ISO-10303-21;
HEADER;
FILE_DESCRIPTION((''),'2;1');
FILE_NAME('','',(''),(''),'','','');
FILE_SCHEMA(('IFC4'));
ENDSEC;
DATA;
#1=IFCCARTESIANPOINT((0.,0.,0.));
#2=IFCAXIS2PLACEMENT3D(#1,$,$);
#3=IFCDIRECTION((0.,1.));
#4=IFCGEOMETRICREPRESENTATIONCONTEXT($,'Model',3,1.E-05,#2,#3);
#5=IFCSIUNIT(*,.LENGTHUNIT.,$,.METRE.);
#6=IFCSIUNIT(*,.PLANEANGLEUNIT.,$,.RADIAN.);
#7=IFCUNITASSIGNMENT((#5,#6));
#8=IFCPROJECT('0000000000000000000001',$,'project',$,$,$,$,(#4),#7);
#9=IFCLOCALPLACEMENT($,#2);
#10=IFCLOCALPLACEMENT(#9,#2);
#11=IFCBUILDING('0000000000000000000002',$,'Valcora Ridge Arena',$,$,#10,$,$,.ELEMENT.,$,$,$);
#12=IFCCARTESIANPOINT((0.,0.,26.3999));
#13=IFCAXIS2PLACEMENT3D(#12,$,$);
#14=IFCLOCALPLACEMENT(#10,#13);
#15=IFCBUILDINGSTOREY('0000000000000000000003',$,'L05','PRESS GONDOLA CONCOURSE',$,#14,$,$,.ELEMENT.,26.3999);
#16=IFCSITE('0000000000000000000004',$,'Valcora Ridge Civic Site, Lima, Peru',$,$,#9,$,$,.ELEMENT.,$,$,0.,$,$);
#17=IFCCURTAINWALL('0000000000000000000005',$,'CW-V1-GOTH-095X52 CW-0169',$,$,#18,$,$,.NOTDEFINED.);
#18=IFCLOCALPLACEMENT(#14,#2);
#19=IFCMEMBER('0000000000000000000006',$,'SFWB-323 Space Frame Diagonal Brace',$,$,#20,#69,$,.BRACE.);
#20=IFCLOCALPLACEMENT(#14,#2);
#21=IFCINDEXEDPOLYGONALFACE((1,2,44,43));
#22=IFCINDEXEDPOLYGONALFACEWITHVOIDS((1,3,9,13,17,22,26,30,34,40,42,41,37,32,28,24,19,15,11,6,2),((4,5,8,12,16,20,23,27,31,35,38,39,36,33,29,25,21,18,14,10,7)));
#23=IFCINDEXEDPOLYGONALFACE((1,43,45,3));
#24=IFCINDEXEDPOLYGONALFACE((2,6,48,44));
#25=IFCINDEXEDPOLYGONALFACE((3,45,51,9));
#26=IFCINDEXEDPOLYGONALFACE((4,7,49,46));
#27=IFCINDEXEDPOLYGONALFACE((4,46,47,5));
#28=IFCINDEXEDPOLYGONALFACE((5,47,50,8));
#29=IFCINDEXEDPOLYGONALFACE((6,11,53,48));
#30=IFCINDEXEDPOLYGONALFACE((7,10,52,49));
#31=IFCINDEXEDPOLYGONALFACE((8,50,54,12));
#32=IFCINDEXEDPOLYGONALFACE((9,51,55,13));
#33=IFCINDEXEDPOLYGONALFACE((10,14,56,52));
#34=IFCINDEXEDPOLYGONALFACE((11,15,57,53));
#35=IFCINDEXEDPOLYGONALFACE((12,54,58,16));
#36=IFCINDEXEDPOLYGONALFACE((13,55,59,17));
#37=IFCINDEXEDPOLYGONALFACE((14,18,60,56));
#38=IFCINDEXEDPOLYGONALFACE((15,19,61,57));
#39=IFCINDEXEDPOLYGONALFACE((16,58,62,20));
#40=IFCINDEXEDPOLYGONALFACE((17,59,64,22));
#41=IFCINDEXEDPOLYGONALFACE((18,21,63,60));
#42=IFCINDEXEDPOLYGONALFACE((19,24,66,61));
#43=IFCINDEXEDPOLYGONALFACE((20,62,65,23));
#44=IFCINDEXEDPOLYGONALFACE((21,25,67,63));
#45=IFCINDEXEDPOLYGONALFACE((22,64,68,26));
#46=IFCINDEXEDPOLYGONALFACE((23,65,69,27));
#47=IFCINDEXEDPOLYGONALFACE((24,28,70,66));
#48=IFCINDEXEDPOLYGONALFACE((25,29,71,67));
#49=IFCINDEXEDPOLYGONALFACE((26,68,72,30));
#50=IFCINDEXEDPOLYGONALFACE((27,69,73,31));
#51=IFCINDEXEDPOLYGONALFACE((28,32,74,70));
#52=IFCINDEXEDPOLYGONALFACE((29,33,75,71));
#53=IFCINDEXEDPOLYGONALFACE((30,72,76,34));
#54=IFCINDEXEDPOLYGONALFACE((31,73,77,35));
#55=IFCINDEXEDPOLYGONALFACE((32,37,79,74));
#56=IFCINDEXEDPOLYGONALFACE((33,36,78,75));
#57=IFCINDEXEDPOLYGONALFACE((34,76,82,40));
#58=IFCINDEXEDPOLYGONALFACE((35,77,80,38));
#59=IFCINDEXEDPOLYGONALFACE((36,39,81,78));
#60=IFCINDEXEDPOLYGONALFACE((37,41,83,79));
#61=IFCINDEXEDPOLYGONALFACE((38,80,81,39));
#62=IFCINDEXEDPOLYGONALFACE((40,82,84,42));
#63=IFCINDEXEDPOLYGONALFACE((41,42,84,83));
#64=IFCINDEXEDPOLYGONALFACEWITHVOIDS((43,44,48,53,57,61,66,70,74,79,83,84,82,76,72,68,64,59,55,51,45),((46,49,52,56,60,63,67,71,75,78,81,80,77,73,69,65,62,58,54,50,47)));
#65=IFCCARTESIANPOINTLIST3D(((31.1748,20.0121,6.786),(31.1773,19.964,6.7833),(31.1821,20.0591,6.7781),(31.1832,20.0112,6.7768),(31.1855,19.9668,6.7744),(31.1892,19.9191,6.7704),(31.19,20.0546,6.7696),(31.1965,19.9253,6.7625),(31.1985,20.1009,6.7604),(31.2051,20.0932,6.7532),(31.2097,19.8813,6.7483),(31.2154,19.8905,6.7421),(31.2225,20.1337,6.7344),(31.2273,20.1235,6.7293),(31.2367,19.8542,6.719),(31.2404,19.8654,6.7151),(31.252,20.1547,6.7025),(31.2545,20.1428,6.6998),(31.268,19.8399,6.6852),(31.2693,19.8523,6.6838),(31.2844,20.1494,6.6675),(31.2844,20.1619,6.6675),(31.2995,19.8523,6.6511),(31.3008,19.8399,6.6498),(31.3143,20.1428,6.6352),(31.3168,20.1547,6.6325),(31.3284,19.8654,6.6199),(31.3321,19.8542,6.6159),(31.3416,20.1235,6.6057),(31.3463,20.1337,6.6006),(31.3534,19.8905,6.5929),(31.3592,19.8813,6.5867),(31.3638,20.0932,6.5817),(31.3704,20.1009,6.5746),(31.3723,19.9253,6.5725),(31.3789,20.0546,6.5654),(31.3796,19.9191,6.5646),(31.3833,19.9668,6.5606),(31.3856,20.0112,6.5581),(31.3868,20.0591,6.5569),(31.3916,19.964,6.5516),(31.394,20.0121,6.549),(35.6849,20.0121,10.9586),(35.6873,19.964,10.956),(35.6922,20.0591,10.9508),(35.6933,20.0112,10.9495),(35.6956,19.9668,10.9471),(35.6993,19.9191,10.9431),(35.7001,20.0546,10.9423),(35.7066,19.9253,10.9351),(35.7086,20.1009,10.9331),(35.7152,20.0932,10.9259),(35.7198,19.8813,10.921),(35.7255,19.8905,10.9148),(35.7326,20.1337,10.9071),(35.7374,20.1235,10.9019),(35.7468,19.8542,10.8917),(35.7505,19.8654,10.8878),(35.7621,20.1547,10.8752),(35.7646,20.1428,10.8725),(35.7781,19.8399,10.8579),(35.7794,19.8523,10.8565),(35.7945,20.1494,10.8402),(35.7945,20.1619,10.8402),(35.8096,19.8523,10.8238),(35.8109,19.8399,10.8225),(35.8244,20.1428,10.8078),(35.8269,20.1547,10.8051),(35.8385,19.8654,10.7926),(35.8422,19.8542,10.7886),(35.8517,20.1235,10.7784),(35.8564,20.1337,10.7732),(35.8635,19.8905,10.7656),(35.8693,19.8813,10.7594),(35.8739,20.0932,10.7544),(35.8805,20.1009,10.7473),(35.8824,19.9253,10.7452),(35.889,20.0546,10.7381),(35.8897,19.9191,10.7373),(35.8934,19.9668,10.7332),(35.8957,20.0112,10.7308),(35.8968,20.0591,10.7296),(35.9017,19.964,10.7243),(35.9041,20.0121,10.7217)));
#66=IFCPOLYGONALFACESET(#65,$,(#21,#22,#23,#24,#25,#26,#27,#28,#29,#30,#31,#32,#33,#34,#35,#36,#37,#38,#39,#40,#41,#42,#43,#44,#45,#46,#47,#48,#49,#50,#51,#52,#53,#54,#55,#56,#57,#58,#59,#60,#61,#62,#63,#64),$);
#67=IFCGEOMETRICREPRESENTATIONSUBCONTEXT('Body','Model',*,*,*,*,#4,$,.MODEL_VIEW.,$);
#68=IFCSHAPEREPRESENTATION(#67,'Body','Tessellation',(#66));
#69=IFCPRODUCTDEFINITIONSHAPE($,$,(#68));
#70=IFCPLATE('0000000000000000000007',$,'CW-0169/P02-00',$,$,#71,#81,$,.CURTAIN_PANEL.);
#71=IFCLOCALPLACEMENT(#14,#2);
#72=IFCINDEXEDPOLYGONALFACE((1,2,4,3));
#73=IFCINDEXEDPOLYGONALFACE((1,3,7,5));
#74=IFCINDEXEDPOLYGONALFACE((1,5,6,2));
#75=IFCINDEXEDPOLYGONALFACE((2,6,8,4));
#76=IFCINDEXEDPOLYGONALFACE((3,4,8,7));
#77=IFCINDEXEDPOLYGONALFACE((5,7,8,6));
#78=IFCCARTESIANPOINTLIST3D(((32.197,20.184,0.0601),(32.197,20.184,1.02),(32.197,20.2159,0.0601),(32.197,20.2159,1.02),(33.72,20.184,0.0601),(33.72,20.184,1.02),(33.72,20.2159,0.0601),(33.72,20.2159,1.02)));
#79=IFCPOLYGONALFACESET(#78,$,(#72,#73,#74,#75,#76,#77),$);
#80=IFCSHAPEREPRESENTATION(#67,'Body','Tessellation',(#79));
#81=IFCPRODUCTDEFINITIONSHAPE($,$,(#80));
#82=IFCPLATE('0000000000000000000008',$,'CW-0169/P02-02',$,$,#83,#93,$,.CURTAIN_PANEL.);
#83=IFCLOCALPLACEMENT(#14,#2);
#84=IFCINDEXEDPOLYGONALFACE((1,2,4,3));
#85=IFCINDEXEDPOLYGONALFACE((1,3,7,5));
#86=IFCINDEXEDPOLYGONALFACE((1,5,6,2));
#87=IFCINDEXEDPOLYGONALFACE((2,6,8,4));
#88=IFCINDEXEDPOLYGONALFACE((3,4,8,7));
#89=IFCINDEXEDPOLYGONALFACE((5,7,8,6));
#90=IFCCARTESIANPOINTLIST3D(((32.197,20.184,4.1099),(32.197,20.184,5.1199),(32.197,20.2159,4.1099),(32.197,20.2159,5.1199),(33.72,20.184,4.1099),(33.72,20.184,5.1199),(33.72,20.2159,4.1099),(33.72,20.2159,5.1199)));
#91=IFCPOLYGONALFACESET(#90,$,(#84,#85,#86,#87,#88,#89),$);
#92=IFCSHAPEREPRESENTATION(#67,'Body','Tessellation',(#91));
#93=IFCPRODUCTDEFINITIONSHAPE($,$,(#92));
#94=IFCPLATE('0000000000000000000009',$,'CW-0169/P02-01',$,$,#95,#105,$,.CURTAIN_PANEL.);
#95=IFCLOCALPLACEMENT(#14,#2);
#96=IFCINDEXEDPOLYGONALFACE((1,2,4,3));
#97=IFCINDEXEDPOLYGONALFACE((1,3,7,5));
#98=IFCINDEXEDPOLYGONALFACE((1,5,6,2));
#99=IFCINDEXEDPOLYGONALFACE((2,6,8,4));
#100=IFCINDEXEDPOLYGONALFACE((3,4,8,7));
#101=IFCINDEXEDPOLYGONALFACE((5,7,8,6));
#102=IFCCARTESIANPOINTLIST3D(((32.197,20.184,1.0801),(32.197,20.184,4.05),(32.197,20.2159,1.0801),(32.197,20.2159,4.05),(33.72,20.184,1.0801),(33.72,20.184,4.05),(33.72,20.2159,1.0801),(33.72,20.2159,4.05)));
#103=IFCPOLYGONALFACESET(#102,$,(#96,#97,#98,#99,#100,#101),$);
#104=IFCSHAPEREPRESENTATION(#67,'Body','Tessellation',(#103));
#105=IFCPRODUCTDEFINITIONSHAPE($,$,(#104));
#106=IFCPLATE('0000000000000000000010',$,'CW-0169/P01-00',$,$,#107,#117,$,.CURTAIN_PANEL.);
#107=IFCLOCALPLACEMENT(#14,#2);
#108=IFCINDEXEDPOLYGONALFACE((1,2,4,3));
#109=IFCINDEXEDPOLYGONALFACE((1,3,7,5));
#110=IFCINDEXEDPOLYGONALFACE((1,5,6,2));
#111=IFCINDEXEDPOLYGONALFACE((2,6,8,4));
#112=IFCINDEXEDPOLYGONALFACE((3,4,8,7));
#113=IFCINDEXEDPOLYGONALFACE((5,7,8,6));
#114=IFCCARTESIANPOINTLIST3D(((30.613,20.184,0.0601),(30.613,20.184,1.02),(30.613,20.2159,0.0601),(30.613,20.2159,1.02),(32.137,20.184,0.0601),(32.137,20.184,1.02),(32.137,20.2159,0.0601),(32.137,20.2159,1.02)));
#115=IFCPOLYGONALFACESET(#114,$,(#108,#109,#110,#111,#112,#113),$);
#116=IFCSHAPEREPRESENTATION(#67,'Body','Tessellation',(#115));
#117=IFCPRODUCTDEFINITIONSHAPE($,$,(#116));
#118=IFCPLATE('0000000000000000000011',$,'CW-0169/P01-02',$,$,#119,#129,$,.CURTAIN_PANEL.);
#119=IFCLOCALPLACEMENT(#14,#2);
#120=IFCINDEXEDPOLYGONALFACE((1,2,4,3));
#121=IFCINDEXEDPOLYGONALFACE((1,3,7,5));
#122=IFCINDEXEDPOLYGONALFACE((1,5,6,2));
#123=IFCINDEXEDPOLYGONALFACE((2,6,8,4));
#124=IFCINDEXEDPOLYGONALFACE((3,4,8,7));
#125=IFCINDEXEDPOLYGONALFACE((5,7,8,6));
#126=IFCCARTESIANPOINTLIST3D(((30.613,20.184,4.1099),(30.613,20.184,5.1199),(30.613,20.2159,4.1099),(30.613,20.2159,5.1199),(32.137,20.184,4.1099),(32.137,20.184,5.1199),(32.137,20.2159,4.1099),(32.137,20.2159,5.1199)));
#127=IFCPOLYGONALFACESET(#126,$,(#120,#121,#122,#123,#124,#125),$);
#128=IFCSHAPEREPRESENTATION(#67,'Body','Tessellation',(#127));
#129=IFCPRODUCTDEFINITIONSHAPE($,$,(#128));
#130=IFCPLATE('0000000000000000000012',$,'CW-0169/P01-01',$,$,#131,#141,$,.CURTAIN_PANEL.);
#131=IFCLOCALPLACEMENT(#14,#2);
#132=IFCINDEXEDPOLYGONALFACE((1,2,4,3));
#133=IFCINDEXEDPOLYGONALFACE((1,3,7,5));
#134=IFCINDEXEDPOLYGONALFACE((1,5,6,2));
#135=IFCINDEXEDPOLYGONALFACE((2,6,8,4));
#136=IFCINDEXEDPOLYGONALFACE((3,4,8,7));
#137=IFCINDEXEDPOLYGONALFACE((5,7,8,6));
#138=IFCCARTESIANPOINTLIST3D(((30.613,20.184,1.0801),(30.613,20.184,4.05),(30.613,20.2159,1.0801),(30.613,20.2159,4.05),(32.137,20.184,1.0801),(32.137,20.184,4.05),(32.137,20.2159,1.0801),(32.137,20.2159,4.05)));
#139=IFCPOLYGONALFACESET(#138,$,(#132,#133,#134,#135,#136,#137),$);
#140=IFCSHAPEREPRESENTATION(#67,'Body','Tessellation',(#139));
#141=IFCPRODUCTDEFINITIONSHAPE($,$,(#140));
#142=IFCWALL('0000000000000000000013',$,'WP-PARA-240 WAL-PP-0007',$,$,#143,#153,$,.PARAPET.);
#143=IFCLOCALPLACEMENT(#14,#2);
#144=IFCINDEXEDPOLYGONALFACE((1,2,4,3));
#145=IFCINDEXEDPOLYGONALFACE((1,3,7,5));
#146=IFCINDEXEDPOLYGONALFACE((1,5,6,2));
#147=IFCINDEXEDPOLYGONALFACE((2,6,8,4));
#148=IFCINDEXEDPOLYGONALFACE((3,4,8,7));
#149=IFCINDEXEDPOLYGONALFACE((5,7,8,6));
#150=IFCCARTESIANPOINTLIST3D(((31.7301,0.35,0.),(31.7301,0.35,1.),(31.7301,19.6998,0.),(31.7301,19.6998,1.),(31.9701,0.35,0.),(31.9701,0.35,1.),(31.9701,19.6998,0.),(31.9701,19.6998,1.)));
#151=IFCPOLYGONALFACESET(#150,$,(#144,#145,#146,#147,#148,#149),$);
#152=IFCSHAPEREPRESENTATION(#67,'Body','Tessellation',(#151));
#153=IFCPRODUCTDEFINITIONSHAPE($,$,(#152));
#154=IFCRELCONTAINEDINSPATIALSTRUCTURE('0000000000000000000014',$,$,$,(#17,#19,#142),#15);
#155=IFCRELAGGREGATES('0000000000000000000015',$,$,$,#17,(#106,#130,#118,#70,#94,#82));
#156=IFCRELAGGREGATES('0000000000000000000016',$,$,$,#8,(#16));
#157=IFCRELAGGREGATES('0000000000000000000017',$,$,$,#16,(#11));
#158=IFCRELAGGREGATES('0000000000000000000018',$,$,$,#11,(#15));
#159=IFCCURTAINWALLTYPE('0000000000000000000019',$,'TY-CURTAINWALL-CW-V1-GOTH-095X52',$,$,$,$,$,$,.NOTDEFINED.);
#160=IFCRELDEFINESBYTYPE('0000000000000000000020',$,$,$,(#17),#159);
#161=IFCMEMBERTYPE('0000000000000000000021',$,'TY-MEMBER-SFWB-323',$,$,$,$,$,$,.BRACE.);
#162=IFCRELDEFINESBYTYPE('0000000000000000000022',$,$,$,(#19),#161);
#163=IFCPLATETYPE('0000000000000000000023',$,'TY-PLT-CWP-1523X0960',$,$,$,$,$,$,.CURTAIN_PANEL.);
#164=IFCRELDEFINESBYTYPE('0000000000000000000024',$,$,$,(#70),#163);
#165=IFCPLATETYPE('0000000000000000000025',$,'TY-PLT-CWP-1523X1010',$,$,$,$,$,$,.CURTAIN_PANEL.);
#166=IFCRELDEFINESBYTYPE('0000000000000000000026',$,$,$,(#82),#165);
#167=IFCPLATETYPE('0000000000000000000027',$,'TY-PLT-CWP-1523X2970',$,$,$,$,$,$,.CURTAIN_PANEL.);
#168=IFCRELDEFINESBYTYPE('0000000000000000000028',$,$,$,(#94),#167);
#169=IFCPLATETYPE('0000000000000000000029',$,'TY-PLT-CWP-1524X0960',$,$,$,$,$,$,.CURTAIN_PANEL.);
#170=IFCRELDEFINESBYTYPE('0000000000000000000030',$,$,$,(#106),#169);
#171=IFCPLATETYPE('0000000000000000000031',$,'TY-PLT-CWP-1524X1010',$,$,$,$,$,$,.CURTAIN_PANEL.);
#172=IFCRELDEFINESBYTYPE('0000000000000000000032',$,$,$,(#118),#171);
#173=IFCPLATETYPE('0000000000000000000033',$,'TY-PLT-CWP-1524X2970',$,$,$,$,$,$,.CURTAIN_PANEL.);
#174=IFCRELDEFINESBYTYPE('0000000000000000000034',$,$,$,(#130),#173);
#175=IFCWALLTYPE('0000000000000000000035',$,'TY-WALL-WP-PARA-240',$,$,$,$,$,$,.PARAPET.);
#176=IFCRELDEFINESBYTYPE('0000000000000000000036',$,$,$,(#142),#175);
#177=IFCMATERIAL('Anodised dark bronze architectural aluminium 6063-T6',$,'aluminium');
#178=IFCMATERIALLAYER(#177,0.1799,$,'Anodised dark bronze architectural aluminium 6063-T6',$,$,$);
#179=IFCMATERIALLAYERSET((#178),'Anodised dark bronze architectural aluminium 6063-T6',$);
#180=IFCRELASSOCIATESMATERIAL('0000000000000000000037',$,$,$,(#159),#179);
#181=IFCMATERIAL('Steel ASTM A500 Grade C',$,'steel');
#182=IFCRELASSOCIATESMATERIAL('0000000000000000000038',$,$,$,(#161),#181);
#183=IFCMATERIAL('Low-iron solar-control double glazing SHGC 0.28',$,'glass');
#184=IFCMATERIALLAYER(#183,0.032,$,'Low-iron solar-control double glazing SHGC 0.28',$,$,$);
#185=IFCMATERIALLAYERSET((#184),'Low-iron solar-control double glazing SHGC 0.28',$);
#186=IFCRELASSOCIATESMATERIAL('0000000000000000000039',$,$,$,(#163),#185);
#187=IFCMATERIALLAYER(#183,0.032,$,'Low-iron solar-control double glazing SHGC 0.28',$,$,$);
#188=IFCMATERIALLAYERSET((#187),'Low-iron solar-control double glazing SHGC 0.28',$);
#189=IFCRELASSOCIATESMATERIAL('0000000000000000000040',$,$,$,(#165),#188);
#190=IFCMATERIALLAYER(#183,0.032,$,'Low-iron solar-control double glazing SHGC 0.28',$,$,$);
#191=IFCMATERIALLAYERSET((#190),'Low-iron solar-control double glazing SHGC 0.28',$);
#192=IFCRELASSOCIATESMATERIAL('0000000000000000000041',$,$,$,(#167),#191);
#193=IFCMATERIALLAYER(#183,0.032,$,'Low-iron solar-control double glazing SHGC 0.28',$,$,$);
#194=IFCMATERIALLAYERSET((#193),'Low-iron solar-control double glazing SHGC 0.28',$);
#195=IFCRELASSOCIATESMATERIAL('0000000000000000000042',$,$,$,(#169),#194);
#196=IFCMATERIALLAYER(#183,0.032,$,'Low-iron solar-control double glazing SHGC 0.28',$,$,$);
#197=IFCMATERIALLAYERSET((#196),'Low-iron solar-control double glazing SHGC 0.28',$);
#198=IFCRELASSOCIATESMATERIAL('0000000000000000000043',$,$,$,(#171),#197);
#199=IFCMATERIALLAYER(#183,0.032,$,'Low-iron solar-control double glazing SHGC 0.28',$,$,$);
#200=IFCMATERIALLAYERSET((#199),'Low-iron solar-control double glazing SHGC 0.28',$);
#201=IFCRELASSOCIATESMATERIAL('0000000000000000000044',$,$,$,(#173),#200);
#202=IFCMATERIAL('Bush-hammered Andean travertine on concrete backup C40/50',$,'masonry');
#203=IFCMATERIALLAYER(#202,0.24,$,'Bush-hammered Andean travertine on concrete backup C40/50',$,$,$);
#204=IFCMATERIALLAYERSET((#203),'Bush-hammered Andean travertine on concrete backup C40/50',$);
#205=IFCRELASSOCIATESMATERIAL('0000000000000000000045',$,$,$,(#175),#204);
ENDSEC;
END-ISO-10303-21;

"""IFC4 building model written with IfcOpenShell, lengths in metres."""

from ifc_helpers import new_model, si_unit, direction, frame, frame_2d, origin, origin_2d, place, context, subcontext, project, spatial, rectangle, hollow_circle, extrude, material, layer, layer_set, material_profile, profile_set, type_object, element, aggregate, save


model = new_model("IFC4")

# Units and contexts
model_context = context("Model", 3, precision=1e-05, world=origin(), true_north=direction((0.0, 1.0)))
body_context = subcontext(model_context, "Body", "Model", "MODEL_VIEW")
ifc_project = project(units=[si_unit("LENGTHUNIT", "METRE"), si_unit("PLANEANGLEUNIT", "RADIAN")], contexts=[model_context])

# Site, building, storey
site_placement = place(None, origin())
site = spatial("IfcSite", under=ifc_project, at=site_placement, Name="Valcora Ridge Civic Site, Lima, Peru", CompositionType="ELEMENT", RefElevation=0.0)
building_placement = place(site_placement, origin())
building = spatial("IfcBuilding", under=site, at=building_placement, Name="Valcora Ridge Arena", CompositionType="ELEMENT")
storey_placement = place(building_placement, frame((0.0, 0.0, 26.3999)))
storey = spatial("IfcBuildingStorey", under=building, at=storey_placement, Name="L05", Description="PRESS GONDOLA CONCOURSE", CompositionType="ELEMENT", Elevation=26.3999)

# Curtain wall
ifc_material_1 = material(Name="Anodised dark bronze architectural aluminium 6063-T6", Category="aluminium")
ifc_layer_1 = layer(ifc_material_1, 0.1799, Name="Anodised dark bronze architectural aluminium 6063-T6")
ifc_layer_set_1 = layer_set([ifc_layer_1], Name="Anodised dark bronze architectural aluminium 6063-T6")
curtain_wall_type = type_object("IfcCurtainWallType", Name="TY-CURTAINWALL-CW-V1-GOTH-095X52", PredefinedType="NOTDEFINED", material=ifc_layer_set_1)
curtain_wall_placement = place(storey_placement, origin())
curtain_wall = element("IfcCurtainWall", 1, at=curtain_wall_placement, inside=storey, type_object=curtain_wall_type, Name="CW-V1-GOTH-095X52 CW-0169", PredefinedType="NOTDEFINED")

# Member
ifc_material_2 = material(Name="Steel ASTM A500 Grade C", Category="steel")
ifc_material_profile_1 = material_profile(ifc_material_2, hollow_circle(Radius=0.1619, WallThickness=0.0125, at=origin_2d()), Name="CHS323X12")
ifc_profile_set_1 = profile_set([ifc_material_profile_1], Name="Steel ASTM A500 Grade C")
member_type_1 = type_object("IfcMemberType", Name="TY-MEMBER-SFWB-323", PredefinedType="BRACE", material=ifc_profile_set_1)
member_1_placement = place(storey_placement, frame((31.2844, 20.0, 6.6675), z_axis=(0.734031, 0.0, 0.679116), x_axis=(0.0, 1.0, 0.0)))
element("IfcMember", 2, at=member_1_placement, inside=storey, type_object=member_type_1, Name="SFWB-323 Space Frame Diagonal Brace", PredefinedType="BRACE", context=body_context, shape_type="SweptSolid", body=[
    extrude(hollow_circle(Radius=0.1619, WallThickness=0.0125, at=origin_2d()), origin(), (0.0, 0.0, 1.0), 6.1443),
])

# Plates
ifc_material_3 = material(Name="Low-iron solar-control double glazing SHGC 0.28", Category="glass")
ifc_layer_2 = layer(ifc_material_3, 0.032, Name="Low-iron solar-control double glazing SHGC 0.28")
ifc_layer_set_2 = layer_set([ifc_layer_2], Name="Low-iron solar-control double glazing SHGC 0.28")
plate_type_1 = type_object("IfcPlateType", Name="TY-PLT-CWP-1523X0960", PredefinedType="CURTAIN_PANEL", material=ifc_layer_set_2)
plate_1_placement = place(storey_placement, frame((32.9585, 20.2, 0.0601), z_axis=(0.0, 0.0, 1.0), x_axis=(1.0, 0.0, 0.0)))
plate_1 = element("IfcPlate", 3, at=plate_1_placement, type_object=plate_type_1, Name="CW-0169/P02-00", PredefinedType="CURTAIN_PANEL", context=body_context, shape_type="SweptSolid", body=[
    extrude(rectangle(XDim=1.5229, YDim=0.032, at=origin_2d()), origin(), (0.0, 0.0, 1.0), 0.96),
])
ifc_layer_3 = layer(ifc_material_3, 0.032, Name="Low-iron solar-control double glazing SHGC 0.28")
ifc_layer_set_3 = layer_set([ifc_layer_3], Name="Low-iron solar-control double glazing SHGC 0.28")
plate_type_2 = type_object("IfcPlateType", Name="TY-PLT-CWP-1523X1010", PredefinedType="CURTAIN_PANEL", material=ifc_layer_set_3)
plate_2_placement = place(storey_placement, frame((32.9585, 20.2, 4.1099), z_axis=(0.0, 0.0, 1.0), x_axis=(1.0, 0.0, 0.0)))
plate_2 = element("IfcPlate", 4, at=plate_2_placement, type_object=plate_type_2, Name="CW-0169/P02-02", PredefinedType="CURTAIN_PANEL", context=body_context, shape_type="SweptSolid", body=[
    extrude(rectangle(XDim=1.5229, YDim=0.032, at=origin_2d()), origin(), (0.0, 0.0, 1.0), 1.01),
])
ifc_layer_4 = layer(ifc_material_3, 0.032, Name="Low-iron solar-control double glazing SHGC 0.28")
ifc_layer_set_4 = layer_set([ifc_layer_4], Name="Low-iron solar-control double glazing SHGC 0.28")
plate_type_3 = type_object("IfcPlateType", Name="TY-PLT-CWP-1523X2970", PredefinedType="CURTAIN_PANEL", material=ifc_layer_set_4)
plate_3_placement = place(storey_placement, frame((32.9585, 20.2, 1.0801), z_axis=(0.0, 0.0, 1.0), x_axis=(1.0, 0.0, 0.0)))
plate_3 = element("IfcPlate", 5, at=plate_3_placement, type_object=plate_type_3, Name="CW-0169/P02-01", PredefinedType="CURTAIN_PANEL", context=body_context, shape_type="SweptSolid", body=[
    extrude(rectangle(XDim=1.5229, YDim=0.032, at=origin_2d()), origin(), (0.0, 0.0, 1.0), 2.97),
])
ifc_layer_5 = layer(ifc_material_3, 0.032, Name="Low-iron solar-control double glazing SHGC 0.28")
ifc_layer_set_5 = layer_set([ifc_layer_5], Name="Low-iron solar-control double glazing SHGC 0.28")
plate_type_4 = type_object("IfcPlateType", Name="TY-PLT-CWP-1524X0960", PredefinedType="CURTAIN_PANEL", material=ifc_layer_set_5)
plate_4_placement = place(storey_placement, frame((31.375, 20.2, 0.0601), z_axis=(0.0, 0.0, 1.0), x_axis=(1.0, 0.0, 0.0)))
plate_4 = element("IfcPlate", 6, at=plate_4_placement, type_object=plate_type_4, Name="CW-0169/P01-00", PredefinedType="CURTAIN_PANEL", context=body_context, shape_type="SweptSolid", body=[
    extrude(rectangle(XDim=1.5239, YDim=0.032, at=origin_2d()), origin(), (0.0, 0.0, 1.0), 0.96),
])
ifc_layer_6 = layer(ifc_material_3, 0.032, Name="Low-iron solar-control double glazing SHGC 0.28")
ifc_layer_set_6 = layer_set([ifc_layer_6], Name="Low-iron solar-control double glazing SHGC 0.28")
plate_type_5 = type_object("IfcPlateType", Name="TY-PLT-CWP-1524X1010", PredefinedType="CURTAIN_PANEL", material=ifc_layer_set_6)
plate_5_placement = place(storey_placement, frame((31.375, 20.2, 4.1099), z_axis=(0.0, 0.0, 1.0), x_axis=(1.0, 0.0, 0.0)))
plate_5 = element("IfcPlate", 7, at=plate_5_placement, type_object=plate_type_5, Name="CW-0169/P01-02", PredefinedType="CURTAIN_PANEL", context=body_context, shape_type="SweptSolid", body=[
    extrude(rectangle(XDim=1.5239, YDim=0.032, at=origin_2d()), origin(), (0.0, 0.0, 1.0), 1.01),
])
ifc_layer_7 = layer(ifc_material_3, 0.032, Name="Low-iron solar-control double glazing SHGC 0.28")
ifc_layer_set_7 = layer_set([ifc_layer_7], Name="Low-iron solar-control double glazing SHGC 0.28")
plate_type_6 = type_object("IfcPlateType", Name="TY-PLT-CWP-1524X2970", PredefinedType="CURTAIN_PANEL", material=ifc_layer_set_7)
plate_6_placement = place(storey_placement, frame((31.375, 20.2, 1.0801), z_axis=(0.0, 0.0, 1.0), x_axis=(1.0, 0.0, 0.0)))
plate_6 = element("IfcPlate", 8, at=plate_6_placement, type_object=plate_type_6, Name="CW-0169/P01-01", PredefinedType="CURTAIN_PANEL", context=body_context, shape_type="SweptSolid", body=[
    extrude(rectangle(XDim=1.5239, YDim=0.032, at=origin_2d()), origin(), (0.0, 0.0, 1.0), 2.97),
])
aggregate(curtain_wall, [plate_4, plate_6, plate_5, plate_1, plate_3, plate_2])

# Wall
ifc_material_4 = material(Name="Bush-hammered Andean travertine on concrete backup C40/50", Category="masonry")
ifc_layer_8 = layer(ifc_material_4, 0.24, Name="Bush-hammered Andean travertine on concrete backup C40/50")
ifc_layer_set_8 = layer_set([ifc_layer_8], Name="Bush-hammered Andean travertine on concrete backup C40/50")
wall_type = type_object("IfcWallType", Name="TY-WALL-WP-PARA-240", PredefinedType="PARAPET", material=ifc_layer_set_8)
wall_placement = place(storey_placement, frame((31.8501, 0.3501, 0.0), z_axis=(0.0, 0.0, 1.0), x_axis=(0.0, 1.0, 0.0)))
element("IfcWall", 9, at=wall_placement, inside=storey, type_object=wall_type, Name="WP-PARA-240 WAL-PP-0007", PredefinedType="PARAPET", context=body_context, shape_type="SweptSolid", body=[
    extrude(rectangle(XDim=19.3499, YDim=0.24, at=frame_2d((9.6748, 0.0))), origin(), (0.0, 0.0, 1.0), 1.0),
])

save(model, "model.ifc")
